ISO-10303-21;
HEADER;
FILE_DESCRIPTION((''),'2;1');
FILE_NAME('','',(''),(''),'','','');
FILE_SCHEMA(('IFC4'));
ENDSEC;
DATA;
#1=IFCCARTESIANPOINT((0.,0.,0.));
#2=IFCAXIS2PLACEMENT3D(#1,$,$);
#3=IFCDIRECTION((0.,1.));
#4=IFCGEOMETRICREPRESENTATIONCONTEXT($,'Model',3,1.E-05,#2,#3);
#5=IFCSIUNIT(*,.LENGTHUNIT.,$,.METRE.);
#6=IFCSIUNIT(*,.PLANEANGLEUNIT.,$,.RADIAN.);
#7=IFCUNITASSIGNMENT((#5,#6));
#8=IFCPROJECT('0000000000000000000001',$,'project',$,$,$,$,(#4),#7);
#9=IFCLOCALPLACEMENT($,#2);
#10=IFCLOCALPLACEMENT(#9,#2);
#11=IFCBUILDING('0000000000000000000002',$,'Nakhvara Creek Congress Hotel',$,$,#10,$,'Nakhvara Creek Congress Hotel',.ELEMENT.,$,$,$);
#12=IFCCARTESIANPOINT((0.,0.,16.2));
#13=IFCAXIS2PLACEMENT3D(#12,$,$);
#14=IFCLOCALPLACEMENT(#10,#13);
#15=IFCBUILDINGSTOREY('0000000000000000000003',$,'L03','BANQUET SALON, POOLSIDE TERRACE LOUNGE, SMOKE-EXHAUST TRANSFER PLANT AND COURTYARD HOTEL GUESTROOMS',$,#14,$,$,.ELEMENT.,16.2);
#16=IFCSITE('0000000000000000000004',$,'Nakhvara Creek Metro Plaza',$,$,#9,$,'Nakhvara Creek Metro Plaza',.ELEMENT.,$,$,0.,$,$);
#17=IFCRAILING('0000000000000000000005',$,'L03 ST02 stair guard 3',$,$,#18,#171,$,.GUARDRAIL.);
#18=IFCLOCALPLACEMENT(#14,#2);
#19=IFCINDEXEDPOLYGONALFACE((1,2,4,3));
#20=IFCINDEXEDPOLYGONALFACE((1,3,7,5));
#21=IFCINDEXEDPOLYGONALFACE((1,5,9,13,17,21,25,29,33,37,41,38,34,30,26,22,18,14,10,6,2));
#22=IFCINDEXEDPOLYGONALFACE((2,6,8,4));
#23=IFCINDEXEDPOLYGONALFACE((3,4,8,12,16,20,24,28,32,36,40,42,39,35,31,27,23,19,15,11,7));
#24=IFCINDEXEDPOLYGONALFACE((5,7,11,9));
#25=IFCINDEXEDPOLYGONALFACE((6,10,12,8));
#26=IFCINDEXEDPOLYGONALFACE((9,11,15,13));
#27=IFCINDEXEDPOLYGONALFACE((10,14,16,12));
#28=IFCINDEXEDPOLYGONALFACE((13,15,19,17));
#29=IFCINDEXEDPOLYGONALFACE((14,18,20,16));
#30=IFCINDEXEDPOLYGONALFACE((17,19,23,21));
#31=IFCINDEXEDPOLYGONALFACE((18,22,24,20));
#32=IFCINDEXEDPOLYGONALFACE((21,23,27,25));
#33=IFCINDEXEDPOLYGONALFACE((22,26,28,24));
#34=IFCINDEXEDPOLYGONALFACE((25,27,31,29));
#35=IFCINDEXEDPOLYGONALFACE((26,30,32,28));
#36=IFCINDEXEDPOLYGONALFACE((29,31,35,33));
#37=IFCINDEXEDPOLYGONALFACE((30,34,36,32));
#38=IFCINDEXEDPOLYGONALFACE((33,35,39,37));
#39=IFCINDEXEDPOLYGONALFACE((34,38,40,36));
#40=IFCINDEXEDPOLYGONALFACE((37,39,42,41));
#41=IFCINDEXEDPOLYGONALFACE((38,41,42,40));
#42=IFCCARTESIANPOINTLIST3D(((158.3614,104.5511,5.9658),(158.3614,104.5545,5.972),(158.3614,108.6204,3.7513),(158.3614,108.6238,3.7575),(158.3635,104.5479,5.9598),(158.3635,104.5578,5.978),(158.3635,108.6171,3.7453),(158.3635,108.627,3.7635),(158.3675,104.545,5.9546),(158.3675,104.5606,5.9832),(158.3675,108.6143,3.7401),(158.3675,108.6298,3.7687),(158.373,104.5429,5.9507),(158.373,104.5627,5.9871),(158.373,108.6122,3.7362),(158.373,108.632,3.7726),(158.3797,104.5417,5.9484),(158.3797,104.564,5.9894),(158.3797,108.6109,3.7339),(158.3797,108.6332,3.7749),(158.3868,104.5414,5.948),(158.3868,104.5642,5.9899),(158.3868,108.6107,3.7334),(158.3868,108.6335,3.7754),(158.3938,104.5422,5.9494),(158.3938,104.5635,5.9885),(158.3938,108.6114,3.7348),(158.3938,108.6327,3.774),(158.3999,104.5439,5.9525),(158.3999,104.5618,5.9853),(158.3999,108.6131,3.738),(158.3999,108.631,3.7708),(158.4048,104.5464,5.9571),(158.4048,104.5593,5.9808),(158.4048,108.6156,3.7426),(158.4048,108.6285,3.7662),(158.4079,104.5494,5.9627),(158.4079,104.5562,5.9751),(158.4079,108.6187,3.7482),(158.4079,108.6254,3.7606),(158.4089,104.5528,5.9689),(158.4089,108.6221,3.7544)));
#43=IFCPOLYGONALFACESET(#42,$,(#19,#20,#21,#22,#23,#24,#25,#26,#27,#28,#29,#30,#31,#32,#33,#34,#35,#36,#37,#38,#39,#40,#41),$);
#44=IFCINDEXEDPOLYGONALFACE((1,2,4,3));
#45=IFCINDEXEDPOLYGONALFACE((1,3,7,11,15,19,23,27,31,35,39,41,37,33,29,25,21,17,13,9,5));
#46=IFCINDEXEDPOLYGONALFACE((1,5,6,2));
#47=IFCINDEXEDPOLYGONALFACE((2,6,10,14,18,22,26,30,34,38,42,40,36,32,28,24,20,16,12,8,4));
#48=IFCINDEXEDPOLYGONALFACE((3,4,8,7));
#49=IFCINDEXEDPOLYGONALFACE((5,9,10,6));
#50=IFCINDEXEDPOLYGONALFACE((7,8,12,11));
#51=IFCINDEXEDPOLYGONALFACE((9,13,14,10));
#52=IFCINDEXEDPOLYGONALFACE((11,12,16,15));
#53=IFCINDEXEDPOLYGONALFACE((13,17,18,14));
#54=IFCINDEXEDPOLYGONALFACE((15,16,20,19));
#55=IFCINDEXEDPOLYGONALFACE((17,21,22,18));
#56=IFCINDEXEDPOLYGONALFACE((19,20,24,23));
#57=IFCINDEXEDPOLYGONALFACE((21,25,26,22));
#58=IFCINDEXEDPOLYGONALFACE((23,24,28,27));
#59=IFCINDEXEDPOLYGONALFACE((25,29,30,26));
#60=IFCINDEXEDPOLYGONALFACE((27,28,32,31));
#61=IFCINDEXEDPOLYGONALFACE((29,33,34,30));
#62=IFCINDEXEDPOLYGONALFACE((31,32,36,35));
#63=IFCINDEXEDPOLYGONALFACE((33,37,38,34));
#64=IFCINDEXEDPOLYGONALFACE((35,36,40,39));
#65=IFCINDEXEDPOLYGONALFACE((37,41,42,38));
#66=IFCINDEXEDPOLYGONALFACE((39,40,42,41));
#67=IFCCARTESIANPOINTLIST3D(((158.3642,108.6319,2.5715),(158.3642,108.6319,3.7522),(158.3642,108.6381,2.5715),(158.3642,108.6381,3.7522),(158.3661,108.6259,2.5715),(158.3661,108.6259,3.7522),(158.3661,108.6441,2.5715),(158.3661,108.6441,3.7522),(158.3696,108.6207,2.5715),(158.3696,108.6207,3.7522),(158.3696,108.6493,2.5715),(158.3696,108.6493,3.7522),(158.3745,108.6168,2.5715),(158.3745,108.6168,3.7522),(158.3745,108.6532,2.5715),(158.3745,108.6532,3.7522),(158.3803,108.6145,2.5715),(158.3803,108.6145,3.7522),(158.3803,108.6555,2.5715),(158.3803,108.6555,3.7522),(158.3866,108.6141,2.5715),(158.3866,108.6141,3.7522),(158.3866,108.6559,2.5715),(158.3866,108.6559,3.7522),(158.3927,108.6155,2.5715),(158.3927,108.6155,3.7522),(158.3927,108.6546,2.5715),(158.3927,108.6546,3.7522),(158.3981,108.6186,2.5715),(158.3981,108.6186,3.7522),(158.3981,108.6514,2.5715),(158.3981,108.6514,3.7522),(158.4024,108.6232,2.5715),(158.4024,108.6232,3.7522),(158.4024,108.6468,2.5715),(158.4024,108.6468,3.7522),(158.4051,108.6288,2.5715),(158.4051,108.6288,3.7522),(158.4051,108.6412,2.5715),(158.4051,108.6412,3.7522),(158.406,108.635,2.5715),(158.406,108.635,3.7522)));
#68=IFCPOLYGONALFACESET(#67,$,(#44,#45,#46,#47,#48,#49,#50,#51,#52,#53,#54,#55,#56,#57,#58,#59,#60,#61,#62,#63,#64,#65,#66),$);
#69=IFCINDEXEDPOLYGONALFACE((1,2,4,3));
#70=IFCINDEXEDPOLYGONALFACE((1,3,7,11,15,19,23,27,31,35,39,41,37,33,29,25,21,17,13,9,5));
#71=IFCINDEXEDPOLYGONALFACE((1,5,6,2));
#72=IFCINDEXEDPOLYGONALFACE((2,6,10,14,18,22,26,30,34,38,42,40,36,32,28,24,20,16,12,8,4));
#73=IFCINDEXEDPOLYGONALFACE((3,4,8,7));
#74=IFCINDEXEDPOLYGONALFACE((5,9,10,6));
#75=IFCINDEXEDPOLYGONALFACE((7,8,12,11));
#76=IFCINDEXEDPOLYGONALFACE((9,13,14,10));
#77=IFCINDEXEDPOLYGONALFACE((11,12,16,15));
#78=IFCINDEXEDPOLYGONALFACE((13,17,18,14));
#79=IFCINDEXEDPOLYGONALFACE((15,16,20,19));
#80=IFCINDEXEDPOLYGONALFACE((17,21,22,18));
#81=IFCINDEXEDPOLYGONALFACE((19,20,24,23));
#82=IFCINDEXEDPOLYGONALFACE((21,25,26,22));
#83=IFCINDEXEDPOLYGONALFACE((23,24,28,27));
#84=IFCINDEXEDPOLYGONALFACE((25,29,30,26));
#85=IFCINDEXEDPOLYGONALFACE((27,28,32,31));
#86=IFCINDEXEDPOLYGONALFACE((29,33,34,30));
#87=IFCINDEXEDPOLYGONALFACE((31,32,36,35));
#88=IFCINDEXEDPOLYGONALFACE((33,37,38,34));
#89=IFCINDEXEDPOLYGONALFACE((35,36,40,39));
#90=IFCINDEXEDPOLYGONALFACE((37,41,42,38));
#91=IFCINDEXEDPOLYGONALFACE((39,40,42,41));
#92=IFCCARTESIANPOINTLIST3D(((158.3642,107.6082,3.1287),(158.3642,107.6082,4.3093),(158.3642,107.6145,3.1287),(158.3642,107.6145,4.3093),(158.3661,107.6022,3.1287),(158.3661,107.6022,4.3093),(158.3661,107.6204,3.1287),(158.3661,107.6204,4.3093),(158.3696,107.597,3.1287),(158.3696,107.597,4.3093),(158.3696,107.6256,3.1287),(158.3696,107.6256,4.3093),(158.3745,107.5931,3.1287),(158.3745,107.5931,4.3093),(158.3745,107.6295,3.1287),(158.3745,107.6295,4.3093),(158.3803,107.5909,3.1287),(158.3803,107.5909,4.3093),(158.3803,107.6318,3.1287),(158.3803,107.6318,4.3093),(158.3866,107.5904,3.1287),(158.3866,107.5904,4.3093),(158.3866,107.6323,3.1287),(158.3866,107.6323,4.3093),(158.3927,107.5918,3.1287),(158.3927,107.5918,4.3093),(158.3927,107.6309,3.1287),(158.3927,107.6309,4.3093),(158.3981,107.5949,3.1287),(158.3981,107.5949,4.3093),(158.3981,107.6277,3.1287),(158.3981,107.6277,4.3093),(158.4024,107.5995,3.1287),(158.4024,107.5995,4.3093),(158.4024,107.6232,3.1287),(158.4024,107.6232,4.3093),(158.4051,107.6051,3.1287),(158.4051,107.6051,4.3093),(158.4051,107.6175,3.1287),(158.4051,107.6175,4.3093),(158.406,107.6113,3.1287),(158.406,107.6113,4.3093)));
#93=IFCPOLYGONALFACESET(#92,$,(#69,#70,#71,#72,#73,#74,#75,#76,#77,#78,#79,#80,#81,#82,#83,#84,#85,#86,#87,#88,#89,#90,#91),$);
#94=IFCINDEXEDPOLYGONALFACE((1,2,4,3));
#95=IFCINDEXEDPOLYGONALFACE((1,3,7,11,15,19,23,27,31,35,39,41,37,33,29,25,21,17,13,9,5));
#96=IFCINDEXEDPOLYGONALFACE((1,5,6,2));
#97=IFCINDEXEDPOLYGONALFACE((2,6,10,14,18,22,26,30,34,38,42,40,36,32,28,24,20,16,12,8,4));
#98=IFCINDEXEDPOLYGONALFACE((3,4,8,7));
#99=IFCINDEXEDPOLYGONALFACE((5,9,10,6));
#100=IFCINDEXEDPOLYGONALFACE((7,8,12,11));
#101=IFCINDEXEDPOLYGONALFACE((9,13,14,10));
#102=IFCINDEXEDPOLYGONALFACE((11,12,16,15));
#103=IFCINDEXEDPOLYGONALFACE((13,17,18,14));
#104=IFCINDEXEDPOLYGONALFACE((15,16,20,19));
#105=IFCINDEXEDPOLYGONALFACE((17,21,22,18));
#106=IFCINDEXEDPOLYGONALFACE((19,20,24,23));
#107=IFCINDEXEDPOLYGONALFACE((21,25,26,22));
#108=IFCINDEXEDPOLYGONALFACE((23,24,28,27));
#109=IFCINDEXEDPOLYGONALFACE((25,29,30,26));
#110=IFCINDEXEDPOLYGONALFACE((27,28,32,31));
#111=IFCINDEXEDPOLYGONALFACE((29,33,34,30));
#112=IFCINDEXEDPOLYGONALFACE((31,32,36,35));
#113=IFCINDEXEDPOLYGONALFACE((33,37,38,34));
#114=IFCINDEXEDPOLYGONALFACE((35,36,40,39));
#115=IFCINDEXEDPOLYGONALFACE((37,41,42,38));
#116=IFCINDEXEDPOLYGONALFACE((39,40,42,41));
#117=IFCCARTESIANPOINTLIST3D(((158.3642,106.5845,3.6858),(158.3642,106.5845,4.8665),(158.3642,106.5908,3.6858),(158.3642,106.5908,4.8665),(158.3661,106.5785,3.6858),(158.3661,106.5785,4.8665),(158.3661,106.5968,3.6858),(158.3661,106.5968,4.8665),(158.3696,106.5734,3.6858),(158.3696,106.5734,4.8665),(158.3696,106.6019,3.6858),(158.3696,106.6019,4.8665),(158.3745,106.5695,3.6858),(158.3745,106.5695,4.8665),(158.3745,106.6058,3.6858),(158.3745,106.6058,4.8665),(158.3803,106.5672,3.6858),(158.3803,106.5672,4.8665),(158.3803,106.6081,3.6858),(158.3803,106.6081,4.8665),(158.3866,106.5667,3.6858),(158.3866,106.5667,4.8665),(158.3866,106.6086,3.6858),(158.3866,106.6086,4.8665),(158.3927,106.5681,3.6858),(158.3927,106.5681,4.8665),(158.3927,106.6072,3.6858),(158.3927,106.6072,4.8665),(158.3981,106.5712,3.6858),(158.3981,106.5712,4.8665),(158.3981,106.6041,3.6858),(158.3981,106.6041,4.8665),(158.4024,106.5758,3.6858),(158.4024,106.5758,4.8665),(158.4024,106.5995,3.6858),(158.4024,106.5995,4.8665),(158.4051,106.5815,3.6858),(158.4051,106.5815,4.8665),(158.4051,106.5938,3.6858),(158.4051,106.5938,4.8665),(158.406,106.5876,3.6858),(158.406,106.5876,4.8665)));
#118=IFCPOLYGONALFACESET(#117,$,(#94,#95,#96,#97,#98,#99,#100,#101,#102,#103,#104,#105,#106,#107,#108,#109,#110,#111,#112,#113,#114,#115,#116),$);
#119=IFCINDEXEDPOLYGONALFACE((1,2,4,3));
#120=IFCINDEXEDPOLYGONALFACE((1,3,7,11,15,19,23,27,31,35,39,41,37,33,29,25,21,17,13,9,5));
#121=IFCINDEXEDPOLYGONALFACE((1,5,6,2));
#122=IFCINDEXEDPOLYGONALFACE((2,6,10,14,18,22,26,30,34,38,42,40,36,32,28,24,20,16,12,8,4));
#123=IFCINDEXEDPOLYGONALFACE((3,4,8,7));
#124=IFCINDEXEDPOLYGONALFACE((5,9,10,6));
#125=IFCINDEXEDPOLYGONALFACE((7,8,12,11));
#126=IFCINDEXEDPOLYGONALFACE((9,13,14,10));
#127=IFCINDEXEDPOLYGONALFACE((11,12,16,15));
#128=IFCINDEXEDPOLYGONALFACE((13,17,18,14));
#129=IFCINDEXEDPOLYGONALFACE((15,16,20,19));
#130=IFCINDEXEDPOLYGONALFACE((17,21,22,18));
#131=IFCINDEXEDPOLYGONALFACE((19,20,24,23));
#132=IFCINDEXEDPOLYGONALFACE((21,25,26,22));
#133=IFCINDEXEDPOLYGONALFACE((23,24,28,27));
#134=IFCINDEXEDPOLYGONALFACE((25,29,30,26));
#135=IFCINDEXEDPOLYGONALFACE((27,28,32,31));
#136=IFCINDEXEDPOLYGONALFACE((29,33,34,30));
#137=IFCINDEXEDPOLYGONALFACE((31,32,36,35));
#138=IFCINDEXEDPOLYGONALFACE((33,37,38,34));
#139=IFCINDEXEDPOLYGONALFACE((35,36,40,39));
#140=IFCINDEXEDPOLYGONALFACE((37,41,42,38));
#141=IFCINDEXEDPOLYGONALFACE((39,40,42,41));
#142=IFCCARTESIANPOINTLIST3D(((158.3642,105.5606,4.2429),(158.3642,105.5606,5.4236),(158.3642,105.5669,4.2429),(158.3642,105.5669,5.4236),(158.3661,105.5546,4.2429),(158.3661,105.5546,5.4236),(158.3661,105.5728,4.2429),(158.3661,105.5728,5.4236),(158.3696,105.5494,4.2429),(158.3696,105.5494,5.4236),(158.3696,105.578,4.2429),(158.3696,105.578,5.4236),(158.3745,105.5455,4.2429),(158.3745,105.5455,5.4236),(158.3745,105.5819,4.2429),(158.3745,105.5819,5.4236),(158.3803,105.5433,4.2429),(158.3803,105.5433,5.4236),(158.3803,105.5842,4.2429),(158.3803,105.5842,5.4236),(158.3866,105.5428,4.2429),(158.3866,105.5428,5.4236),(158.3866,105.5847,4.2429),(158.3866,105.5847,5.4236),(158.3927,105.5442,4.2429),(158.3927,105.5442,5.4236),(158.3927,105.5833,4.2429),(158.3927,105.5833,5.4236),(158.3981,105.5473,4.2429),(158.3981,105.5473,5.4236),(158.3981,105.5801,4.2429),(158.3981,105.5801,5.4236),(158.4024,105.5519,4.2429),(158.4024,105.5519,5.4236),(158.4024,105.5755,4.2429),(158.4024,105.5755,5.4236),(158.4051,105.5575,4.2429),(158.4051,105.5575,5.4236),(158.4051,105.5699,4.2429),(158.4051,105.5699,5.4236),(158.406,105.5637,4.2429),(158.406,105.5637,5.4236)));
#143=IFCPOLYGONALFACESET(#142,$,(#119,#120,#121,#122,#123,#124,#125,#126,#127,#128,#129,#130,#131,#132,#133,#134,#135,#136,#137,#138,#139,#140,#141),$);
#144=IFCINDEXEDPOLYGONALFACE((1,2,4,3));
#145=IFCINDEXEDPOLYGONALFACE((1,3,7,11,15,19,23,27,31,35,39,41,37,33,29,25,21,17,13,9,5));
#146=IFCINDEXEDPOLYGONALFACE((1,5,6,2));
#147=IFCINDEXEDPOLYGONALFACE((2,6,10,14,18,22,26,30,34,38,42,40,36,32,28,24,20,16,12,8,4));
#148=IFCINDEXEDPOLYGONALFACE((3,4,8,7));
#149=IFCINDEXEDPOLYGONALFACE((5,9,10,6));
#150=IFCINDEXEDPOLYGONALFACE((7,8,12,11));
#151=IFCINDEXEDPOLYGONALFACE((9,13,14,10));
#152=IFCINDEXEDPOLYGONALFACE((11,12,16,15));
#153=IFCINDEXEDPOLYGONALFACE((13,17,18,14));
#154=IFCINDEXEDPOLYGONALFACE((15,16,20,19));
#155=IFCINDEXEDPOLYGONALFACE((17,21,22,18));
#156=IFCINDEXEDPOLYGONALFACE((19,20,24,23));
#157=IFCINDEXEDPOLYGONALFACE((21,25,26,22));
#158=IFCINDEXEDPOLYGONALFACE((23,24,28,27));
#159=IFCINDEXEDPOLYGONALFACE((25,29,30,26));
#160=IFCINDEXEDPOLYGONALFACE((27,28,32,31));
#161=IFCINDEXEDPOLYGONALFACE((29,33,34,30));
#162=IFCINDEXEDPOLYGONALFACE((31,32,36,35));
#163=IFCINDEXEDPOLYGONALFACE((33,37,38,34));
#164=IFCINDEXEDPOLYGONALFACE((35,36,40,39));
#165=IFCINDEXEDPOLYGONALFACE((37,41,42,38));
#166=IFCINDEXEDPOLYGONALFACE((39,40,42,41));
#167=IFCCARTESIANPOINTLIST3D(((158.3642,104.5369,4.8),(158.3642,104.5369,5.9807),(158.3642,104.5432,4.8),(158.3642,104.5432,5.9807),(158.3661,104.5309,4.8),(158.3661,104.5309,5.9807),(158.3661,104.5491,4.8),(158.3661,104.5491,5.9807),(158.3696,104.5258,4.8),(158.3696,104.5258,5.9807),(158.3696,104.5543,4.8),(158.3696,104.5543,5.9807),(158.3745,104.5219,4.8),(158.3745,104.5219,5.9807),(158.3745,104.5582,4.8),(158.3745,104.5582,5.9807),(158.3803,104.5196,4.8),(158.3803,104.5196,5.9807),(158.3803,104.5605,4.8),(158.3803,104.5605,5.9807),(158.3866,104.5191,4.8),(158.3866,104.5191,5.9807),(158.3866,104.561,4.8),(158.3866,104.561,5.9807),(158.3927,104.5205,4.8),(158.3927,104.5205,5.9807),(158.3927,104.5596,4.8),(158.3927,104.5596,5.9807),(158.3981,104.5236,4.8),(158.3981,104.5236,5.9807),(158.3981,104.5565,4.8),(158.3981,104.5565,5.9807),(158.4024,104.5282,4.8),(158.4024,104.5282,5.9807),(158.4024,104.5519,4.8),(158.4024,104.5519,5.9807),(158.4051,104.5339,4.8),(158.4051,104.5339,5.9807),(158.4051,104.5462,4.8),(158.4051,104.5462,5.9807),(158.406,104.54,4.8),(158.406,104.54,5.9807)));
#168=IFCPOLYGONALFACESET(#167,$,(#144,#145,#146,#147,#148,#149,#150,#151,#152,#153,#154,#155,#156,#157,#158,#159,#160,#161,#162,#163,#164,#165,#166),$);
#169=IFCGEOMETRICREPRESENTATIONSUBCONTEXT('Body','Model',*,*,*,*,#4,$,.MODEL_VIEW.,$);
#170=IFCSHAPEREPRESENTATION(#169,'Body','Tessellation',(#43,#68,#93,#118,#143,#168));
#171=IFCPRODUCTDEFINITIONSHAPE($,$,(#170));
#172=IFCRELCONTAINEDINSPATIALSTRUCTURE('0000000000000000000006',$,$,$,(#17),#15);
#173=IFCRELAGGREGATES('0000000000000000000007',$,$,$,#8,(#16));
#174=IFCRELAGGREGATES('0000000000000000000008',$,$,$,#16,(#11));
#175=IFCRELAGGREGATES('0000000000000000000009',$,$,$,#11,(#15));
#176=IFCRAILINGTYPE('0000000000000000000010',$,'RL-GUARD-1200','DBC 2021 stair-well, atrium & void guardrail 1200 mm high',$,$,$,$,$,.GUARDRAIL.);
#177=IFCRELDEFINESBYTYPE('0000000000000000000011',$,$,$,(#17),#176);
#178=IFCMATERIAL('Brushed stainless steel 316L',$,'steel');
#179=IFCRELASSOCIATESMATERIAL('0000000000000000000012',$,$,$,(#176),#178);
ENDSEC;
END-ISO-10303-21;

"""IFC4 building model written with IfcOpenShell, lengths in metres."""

from ifc_helpers import new_model, si_unit, direction, frame, origin, origin_2d, place, context, subcontext, project, spatial, circle, extrude, material, type_object, element, save


model = new_model("IFC4")

# Units and contexts
model_context = context("Model", 3, precision=1e-05, world=origin(), true_north=direction((0.0, 1.0)))
body_context = subcontext(model_context, "Body", "Model", "MODEL_VIEW")
ifc_project = project(units=[si_unit("LENGTHUNIT", "METRE"), si_unit("PLANEANGLEUNIT", "RADIAN")], contexts=[model_context])

# Site, building, storey
site_placement = place(None, origin())
site = spatial("IfcSite", under=ifc_project, at=site_placement, Name="Nakhvara Creek Metro Plaza", LongName="Nakhvara Creek Metro Plaza", CompositionType="ELEMENT", RefElevation=0.0)
building_placement = place(site_placement, origin())
building = spatial("IfcBuilding", under=site, at=building_placement, Name="Nakhvara Creek Congress Hotel", LongName="Nakhvara Creek Congress Hotel", CompositionType="ELEMENT")
storey_placement = place(building_placement, frame((0.0, 0.0, 16.2)))
storey = spatial("IfcBuildingStorey", under=building, at=storey_placement, Name="L03", Description="BANQUET SALON, POOLSIDE TERRACE LOUNGE, SMOKE-EXHAUST TRANSFER PLANT AND COURTYARD HOTEL GUESTROOMS", CompositionType="ELEMENT", Elevation=16.2)

# Railing
ifc_material_1 = material(Name="Brushed stainless steel 316L", Category="steel")
railing_type_1 = type_object("IfcRailingType", Name="RL-GUARD-1200", Description="DBC 2021 stair-well, atrium & void guardrail 1200 mm high", PredefinedType="GUARDRAIL", material=ifc_material_1)
railing_1_placement = place(storey_placement, frame((158.385, 108.635, 2.5715)))
element("IfcRailing", 1, at=railing_1_placement, inside=storey, type_object=railing_type_1, Name="L03 ST02 stair guard 3", PredefinedType="GUARDRAIL", context=body_context, shape_type="SweptSolid", body=[
    extrude(circle(Radius=0.0239, at=origin_2d()), frame((0.0, -0.0129, 1.1829), z_axis=(0.0, -0.878355, 0.478008), x_axis=(1.0, 0.0, 0.0)), (0.0, 0.0, 1.0), 4.6328),
    extrude(circle(Radius=0.021, at=origin_2d()), origin(), (0.0, 0.0, 1.0), 1.1807),
    extrude(circle(Radius=0.021, at=origin_2d()), frame((0.0, -1.0237, 0.5571)), (0.0, 0.0, 1.0), 1.1807),
    extrude(circle(Radius=0.021, at=origin_2d()), frame((0.0, -2.0474, 1.1143)), (0.0, 0.0, 1.0), 1.1807),
    extrude(circle(Radius=0.021, at=origin_2d()), frame((0.0, -3.0713, 1.6714)), (0.0, 0.0, 1.0), 1.1807),
    extrude(circle(Radius=0.021, at=origin_2d()), frame((0.0, -4.095, 2.2285)), (0.0, 0.0, 1.0), 1.1807),
])

save(model, "model.ifc")
